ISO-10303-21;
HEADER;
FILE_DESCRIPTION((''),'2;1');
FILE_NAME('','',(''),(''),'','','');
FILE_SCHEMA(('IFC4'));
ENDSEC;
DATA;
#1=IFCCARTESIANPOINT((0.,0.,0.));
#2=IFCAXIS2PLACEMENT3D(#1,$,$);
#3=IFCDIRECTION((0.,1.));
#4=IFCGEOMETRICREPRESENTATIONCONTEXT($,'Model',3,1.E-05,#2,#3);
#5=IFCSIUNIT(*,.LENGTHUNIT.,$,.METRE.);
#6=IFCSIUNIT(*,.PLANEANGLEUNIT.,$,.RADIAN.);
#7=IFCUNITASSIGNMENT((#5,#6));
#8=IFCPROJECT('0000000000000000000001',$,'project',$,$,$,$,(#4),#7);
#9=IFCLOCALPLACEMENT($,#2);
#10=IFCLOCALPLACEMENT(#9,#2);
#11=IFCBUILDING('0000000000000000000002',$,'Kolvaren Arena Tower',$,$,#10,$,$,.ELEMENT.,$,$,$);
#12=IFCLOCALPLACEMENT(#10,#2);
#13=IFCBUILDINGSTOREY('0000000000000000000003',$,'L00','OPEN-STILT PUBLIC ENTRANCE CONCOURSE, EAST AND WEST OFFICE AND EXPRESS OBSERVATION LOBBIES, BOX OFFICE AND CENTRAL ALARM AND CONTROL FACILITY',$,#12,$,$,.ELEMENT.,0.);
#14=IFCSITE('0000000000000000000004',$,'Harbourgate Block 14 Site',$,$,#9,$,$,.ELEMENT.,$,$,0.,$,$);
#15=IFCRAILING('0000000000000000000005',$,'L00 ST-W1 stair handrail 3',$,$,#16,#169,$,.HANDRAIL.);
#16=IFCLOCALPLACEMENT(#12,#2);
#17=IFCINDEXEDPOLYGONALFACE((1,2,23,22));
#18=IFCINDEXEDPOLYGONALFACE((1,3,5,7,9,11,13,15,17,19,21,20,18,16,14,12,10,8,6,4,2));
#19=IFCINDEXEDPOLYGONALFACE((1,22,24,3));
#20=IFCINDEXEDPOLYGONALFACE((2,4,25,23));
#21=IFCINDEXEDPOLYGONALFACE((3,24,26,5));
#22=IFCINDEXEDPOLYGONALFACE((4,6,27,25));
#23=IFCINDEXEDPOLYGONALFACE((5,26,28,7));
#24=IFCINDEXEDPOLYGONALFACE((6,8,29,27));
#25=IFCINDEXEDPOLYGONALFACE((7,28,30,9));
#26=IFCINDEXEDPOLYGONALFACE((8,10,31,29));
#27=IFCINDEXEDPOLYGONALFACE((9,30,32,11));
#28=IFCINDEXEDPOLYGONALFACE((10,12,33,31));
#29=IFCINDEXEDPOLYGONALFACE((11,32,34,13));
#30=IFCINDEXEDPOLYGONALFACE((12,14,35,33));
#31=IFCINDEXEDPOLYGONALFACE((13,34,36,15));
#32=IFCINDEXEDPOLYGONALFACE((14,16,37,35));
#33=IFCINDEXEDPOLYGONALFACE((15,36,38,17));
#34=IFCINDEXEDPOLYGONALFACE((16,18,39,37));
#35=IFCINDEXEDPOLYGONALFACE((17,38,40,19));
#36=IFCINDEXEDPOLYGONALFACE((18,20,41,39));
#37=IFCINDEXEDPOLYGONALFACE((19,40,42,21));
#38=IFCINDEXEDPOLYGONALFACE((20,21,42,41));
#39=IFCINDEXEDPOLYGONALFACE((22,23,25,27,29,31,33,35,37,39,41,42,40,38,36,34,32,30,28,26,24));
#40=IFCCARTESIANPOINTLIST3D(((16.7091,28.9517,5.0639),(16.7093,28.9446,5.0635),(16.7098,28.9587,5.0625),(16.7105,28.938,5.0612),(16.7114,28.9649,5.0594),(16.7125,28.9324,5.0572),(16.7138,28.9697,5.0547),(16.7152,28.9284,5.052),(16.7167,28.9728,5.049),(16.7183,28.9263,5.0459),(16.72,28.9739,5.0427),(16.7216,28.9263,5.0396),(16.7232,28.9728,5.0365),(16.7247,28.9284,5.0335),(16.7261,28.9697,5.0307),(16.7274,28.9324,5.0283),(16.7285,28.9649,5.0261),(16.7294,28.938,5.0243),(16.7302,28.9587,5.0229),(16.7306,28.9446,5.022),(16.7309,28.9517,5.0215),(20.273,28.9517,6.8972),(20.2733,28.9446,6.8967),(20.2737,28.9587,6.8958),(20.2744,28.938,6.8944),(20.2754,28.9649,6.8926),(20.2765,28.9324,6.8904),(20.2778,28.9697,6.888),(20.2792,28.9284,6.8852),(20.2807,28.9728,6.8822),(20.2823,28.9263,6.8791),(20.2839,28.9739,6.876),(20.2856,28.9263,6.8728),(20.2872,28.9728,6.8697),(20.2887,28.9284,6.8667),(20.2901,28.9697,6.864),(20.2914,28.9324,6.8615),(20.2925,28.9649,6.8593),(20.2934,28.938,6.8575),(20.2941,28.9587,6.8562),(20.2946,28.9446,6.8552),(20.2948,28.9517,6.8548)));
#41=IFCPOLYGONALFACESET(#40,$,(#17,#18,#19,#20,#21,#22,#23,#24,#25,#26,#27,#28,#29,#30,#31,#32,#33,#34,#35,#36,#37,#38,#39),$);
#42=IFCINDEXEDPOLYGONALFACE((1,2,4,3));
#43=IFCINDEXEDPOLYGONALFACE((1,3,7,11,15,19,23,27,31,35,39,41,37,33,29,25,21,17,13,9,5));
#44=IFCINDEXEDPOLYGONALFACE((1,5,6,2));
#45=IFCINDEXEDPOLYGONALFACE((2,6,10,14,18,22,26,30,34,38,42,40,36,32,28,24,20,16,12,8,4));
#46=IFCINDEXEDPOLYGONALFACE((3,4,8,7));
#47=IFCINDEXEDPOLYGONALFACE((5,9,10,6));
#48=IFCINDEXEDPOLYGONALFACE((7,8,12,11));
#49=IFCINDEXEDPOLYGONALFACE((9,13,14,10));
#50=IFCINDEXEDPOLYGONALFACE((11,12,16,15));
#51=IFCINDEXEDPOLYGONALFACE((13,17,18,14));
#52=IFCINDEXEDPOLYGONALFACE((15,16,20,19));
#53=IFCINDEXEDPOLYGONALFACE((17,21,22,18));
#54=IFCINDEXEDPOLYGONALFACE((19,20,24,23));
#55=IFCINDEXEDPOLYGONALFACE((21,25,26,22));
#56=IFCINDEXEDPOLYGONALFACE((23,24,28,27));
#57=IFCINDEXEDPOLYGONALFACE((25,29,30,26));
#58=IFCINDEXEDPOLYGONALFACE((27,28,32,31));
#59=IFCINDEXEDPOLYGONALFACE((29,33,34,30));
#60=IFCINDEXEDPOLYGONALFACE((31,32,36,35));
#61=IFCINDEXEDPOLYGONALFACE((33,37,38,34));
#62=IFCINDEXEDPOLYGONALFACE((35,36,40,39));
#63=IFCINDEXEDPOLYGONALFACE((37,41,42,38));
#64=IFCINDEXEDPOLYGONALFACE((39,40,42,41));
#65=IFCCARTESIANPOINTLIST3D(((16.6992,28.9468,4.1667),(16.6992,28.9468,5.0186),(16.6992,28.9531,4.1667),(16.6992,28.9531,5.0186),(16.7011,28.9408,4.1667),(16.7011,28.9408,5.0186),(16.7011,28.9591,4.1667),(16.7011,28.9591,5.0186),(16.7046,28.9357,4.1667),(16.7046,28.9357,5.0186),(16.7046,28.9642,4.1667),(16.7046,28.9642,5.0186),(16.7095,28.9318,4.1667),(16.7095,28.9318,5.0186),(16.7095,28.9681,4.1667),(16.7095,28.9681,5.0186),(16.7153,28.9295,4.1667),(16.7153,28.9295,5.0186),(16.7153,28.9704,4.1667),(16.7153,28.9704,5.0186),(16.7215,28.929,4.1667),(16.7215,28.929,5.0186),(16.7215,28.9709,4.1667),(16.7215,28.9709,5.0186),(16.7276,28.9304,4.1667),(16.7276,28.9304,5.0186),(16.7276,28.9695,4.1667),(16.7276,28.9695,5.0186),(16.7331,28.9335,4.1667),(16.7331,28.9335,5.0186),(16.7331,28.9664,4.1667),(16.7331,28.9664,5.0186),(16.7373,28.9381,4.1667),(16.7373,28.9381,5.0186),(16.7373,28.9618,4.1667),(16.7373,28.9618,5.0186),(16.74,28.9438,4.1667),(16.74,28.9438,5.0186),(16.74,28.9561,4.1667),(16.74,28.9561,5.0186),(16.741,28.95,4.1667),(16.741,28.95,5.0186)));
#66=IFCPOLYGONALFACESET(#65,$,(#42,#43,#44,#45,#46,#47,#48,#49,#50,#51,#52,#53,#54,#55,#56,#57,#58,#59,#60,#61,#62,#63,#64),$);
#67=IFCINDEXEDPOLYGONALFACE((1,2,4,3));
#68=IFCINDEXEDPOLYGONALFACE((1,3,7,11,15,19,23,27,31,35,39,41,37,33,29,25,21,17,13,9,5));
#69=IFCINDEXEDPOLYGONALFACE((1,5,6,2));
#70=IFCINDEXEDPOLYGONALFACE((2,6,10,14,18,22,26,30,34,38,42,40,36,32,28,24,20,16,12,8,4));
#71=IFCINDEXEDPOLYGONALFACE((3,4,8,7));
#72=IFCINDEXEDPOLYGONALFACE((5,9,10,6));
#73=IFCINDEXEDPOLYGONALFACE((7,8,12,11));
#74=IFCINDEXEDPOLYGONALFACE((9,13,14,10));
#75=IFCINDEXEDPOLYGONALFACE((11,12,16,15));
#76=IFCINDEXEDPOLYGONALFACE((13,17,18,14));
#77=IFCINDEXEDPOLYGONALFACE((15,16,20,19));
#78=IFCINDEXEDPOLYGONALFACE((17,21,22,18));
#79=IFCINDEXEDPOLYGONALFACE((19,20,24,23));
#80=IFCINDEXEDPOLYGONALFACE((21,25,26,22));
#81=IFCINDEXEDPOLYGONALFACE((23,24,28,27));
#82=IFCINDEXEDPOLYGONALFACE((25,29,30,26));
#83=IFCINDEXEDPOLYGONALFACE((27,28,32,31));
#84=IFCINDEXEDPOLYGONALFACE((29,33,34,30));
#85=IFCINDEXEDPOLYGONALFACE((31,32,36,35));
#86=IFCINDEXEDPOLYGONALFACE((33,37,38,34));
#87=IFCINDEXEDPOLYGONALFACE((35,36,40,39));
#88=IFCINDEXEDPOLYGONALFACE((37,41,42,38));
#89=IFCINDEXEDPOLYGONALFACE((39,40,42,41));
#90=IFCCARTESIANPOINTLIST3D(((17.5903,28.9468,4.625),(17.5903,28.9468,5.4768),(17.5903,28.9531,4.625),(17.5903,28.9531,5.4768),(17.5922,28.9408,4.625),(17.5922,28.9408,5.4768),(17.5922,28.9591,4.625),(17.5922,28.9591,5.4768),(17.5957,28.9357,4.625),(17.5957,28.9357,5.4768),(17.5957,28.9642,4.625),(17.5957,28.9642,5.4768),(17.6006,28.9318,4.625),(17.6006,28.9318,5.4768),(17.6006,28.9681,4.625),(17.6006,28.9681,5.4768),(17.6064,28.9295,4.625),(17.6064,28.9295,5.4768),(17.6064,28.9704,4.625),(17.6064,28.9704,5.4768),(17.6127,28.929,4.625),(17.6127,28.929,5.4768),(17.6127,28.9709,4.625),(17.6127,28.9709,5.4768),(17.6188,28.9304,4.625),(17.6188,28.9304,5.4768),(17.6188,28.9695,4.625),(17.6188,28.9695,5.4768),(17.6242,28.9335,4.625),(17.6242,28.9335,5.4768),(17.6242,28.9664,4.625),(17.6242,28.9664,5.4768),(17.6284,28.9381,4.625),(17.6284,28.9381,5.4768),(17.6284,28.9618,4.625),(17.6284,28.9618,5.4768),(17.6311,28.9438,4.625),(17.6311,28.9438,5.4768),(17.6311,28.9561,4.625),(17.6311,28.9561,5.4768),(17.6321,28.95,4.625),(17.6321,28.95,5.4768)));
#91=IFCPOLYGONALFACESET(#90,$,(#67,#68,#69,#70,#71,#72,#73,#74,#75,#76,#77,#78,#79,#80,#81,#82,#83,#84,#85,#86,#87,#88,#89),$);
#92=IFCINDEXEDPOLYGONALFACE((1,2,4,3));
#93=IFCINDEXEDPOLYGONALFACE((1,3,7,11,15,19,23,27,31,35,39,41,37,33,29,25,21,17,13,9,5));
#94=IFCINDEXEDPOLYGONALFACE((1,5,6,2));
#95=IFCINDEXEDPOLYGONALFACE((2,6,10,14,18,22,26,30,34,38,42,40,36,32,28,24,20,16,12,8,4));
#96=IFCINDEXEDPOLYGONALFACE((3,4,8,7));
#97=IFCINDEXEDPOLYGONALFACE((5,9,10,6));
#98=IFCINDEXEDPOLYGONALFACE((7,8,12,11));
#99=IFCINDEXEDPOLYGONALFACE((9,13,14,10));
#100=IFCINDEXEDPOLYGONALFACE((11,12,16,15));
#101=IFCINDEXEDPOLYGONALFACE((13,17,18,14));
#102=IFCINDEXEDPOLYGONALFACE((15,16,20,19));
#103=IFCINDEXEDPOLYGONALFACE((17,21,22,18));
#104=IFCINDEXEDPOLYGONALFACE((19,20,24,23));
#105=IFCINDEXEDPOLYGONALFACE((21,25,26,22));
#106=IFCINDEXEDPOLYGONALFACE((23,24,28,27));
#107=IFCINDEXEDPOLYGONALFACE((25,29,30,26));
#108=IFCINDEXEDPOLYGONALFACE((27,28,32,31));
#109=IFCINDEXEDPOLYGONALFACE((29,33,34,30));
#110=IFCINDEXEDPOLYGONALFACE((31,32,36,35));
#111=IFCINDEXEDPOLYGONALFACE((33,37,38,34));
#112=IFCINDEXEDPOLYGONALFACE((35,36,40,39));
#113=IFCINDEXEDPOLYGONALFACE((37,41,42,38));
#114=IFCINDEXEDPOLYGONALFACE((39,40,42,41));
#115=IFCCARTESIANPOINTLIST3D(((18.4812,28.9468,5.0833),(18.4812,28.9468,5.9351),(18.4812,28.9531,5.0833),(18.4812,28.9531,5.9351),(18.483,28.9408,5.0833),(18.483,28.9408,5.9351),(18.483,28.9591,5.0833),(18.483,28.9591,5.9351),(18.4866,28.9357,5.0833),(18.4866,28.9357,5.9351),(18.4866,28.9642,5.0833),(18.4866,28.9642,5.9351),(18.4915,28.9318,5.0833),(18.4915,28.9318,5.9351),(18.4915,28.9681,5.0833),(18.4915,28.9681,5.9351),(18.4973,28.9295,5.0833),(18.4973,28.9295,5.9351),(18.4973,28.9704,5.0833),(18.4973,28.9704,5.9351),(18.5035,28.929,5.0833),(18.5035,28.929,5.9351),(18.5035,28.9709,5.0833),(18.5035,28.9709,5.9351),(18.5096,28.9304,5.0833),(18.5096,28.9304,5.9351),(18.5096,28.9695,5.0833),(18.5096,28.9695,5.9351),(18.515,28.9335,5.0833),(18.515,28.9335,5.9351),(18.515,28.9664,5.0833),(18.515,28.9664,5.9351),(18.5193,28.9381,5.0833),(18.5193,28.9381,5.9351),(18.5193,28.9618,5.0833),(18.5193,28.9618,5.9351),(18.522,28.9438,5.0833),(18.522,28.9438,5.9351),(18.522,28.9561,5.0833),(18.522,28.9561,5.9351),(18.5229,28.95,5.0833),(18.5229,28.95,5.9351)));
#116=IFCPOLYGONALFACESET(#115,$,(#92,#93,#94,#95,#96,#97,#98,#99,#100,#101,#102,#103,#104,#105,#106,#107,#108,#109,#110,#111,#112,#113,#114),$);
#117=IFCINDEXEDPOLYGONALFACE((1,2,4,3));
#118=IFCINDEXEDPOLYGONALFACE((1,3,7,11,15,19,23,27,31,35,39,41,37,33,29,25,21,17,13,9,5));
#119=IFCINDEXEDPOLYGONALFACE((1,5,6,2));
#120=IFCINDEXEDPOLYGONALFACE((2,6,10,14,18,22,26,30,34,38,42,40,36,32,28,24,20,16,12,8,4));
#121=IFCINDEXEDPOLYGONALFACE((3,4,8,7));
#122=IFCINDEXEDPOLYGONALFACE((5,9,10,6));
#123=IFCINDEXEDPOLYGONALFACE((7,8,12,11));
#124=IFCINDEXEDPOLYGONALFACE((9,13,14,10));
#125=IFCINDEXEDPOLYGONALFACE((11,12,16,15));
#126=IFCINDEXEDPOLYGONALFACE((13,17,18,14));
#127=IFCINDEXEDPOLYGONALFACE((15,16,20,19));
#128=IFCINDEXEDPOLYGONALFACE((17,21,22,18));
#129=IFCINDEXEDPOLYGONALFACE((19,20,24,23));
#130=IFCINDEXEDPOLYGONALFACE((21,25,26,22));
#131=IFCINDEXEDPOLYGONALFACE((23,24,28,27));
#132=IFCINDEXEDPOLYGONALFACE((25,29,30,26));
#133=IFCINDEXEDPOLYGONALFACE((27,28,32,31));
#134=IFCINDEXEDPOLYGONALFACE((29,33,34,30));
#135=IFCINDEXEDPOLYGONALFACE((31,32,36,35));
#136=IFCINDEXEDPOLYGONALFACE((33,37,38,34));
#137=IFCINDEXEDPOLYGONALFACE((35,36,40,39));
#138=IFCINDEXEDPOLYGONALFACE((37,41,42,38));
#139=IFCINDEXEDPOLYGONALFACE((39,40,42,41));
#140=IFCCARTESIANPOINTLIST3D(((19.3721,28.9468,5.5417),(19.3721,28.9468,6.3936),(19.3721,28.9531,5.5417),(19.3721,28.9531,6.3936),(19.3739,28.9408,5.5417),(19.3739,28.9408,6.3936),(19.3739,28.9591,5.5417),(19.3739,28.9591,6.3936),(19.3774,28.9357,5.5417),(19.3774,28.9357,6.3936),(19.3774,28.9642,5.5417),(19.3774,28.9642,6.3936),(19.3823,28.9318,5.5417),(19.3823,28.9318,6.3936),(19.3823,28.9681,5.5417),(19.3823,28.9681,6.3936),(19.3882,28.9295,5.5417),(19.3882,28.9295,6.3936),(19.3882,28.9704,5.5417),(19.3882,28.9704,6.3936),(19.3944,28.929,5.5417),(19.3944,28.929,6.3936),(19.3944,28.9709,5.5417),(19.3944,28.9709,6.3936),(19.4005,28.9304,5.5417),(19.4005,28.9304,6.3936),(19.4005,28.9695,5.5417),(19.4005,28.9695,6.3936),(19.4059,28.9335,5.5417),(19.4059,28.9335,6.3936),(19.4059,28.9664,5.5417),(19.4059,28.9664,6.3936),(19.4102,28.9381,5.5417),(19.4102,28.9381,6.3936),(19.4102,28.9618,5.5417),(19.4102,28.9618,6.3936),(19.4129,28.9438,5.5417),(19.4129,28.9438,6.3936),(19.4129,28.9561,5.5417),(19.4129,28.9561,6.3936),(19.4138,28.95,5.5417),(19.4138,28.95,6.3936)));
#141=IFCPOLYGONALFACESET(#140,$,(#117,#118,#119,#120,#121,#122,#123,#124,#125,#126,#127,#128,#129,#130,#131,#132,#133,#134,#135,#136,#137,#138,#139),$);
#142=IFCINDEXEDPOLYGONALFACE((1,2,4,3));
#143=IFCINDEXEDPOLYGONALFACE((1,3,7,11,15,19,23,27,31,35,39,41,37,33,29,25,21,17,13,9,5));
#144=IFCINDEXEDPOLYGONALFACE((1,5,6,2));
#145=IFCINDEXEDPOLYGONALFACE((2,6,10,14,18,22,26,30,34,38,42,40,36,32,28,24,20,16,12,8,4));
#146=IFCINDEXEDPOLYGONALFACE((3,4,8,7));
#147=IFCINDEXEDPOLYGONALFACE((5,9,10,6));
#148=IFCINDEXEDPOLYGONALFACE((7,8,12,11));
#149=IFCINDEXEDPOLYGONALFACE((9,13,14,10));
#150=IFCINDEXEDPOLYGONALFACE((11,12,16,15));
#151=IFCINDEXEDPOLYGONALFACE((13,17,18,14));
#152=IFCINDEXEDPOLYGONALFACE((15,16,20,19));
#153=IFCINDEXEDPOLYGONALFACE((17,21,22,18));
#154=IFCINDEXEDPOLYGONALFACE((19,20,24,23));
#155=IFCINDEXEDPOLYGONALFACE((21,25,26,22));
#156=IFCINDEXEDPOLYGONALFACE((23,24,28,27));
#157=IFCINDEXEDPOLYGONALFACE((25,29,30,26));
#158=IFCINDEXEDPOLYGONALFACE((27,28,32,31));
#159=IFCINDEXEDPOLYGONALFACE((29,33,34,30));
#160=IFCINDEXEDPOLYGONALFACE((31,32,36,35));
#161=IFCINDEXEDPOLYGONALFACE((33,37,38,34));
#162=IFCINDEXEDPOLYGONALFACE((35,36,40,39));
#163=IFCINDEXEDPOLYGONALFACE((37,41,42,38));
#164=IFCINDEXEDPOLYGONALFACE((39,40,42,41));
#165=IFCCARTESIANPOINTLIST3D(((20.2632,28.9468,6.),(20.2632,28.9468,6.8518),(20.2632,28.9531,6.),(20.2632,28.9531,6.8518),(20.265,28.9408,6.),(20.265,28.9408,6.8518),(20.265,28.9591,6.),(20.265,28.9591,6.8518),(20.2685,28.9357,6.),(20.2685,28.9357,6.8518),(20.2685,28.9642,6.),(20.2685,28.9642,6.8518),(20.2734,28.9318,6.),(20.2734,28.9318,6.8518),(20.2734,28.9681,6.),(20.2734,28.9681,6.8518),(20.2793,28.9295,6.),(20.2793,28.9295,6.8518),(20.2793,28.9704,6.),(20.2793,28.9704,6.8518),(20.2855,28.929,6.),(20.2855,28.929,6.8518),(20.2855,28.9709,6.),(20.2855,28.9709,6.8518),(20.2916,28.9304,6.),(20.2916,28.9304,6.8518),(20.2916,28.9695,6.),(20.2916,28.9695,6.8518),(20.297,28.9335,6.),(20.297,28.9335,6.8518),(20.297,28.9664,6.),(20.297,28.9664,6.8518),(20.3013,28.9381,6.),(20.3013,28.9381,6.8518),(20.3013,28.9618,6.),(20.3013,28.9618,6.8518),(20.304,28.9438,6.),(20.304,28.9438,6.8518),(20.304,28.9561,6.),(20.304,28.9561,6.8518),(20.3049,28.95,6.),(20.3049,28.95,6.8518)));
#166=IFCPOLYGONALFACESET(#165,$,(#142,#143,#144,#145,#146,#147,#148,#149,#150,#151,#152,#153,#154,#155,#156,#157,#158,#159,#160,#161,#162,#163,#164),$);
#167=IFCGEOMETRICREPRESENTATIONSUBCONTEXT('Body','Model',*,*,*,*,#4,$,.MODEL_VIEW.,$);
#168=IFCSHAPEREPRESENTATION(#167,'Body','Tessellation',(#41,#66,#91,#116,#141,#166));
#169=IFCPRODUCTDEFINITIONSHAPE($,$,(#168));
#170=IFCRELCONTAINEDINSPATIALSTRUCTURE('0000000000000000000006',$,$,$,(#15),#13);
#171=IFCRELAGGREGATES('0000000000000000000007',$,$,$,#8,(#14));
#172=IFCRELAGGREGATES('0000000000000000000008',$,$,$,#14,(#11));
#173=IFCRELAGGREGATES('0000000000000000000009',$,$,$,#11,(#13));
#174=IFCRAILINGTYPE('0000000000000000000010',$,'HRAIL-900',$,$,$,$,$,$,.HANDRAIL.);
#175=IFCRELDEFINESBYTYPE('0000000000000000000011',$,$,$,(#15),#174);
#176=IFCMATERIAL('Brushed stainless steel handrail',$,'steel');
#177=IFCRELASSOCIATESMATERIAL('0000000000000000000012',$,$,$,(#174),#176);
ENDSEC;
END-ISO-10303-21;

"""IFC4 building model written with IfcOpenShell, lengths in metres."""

from ifc_helpers import new_model, si_unit, direction, frame, origin, origin_2d, place, context, subcontext, project, spatial, circle, extrude, material, type_object, element, save


model = new_model("IFC4")

# Units and contexts
model_context = context("Model", 3, precision=1e-05, world=origin(), true_north=direction((0.0, 1.0)))
body_context = subcontext(model_context, "Body", "Model", "MODEL_VIEW")
ifc_project = project(units=[si_unit("LENGTHUNIT", "METRE"), si_unit("PLANEANGLEUNIT", "RADIAN")], contexts=[model_context])

# Site, building, storey
site_placement = place(None, origin())
site = spatial("IfcSite", under=ifc_project, at=site_placement, Name="Harbourgate Block 14 Site", CompositionType="ELEMENT", RefElevation=0.0)
building_placement = place(site_placement, origin())
building = spatial("IfcBuilding", under=site, at=building_placement, Name="Kolvaren Arena Tower", CompositionType="ELEMENT")
storey_placement = place(building_placement, origin())
storey = spatial("IfcBuildingStorey", under=building, at=storey_placement, Name="L00", Description="OPEN-STILT PUBLIC ENTRANCE CONCOURSE, EAST AND WEST OFFICE AND EXPRESS OBSERVATION LOBBIES, BOX OFFICE AND CENTRAL ALARM AND CONTROL FACILITY", CompositionType="ELEMENT", Elevation=0.0)

# Railing
ifc_material_1 = material(Name="Brushed stainless steel handrail", Category="steel")
railing_type_1 = type_object("IfcRailingType", Name="HRAIL-900", PredefinedType="HANDRAIL", material=ifc_material_1)
railing_1_placement = place(storey_placement, frame((16.72, 28.95, 4.1667)))
element("IfcRailing", 1, at=railing_1_placement, inside=storey, type_object=railing_type_1, Name="L00 ST-W1 stair handrail 3", PredefinedType="HANDRAIL", context=body_context, shape_type="SweptSolid", body=[
    extrude(circle(Radius=0.0239, at=origin_2d()), frame((0.0, 0.0, 0.876), z_axis=(0.889252, 0.0, 0.457418), x_axis=(0.0, 1.0, 0.0)), (0.0, 0.0, 1.0), 4.0078),
    extrude(circle(Radius=0.021, at=origin_2d()), origin(), (0.0, 0.0, 1.0), 0.8518),
    extrude(circle(Radius=0.021, at=origin_2d()), frame((0.8911, 0.0, 0.4583)), (0.0, 0.0, 1.0), 0.8518),
    extrude(circle(Radius=0.021, at=origin_2d()), frame((1.782, 0.0, 0.9165)), (0.0, 0.0, 1.0), 0.8518),
    extrude(circle(Radius=0.021, at=origin_2d()), frame((2.6729, 0.0, 1.375)), (0.0, 0.0, 1.0), 0.8518),
    extrude(circle(Radius=0.021, at=origin_2d()), frame((3.564, 0.0, 1.8333)), (0.0, 0.0, 1.0), 0.8518),
])

save(model, "model.ifc")
